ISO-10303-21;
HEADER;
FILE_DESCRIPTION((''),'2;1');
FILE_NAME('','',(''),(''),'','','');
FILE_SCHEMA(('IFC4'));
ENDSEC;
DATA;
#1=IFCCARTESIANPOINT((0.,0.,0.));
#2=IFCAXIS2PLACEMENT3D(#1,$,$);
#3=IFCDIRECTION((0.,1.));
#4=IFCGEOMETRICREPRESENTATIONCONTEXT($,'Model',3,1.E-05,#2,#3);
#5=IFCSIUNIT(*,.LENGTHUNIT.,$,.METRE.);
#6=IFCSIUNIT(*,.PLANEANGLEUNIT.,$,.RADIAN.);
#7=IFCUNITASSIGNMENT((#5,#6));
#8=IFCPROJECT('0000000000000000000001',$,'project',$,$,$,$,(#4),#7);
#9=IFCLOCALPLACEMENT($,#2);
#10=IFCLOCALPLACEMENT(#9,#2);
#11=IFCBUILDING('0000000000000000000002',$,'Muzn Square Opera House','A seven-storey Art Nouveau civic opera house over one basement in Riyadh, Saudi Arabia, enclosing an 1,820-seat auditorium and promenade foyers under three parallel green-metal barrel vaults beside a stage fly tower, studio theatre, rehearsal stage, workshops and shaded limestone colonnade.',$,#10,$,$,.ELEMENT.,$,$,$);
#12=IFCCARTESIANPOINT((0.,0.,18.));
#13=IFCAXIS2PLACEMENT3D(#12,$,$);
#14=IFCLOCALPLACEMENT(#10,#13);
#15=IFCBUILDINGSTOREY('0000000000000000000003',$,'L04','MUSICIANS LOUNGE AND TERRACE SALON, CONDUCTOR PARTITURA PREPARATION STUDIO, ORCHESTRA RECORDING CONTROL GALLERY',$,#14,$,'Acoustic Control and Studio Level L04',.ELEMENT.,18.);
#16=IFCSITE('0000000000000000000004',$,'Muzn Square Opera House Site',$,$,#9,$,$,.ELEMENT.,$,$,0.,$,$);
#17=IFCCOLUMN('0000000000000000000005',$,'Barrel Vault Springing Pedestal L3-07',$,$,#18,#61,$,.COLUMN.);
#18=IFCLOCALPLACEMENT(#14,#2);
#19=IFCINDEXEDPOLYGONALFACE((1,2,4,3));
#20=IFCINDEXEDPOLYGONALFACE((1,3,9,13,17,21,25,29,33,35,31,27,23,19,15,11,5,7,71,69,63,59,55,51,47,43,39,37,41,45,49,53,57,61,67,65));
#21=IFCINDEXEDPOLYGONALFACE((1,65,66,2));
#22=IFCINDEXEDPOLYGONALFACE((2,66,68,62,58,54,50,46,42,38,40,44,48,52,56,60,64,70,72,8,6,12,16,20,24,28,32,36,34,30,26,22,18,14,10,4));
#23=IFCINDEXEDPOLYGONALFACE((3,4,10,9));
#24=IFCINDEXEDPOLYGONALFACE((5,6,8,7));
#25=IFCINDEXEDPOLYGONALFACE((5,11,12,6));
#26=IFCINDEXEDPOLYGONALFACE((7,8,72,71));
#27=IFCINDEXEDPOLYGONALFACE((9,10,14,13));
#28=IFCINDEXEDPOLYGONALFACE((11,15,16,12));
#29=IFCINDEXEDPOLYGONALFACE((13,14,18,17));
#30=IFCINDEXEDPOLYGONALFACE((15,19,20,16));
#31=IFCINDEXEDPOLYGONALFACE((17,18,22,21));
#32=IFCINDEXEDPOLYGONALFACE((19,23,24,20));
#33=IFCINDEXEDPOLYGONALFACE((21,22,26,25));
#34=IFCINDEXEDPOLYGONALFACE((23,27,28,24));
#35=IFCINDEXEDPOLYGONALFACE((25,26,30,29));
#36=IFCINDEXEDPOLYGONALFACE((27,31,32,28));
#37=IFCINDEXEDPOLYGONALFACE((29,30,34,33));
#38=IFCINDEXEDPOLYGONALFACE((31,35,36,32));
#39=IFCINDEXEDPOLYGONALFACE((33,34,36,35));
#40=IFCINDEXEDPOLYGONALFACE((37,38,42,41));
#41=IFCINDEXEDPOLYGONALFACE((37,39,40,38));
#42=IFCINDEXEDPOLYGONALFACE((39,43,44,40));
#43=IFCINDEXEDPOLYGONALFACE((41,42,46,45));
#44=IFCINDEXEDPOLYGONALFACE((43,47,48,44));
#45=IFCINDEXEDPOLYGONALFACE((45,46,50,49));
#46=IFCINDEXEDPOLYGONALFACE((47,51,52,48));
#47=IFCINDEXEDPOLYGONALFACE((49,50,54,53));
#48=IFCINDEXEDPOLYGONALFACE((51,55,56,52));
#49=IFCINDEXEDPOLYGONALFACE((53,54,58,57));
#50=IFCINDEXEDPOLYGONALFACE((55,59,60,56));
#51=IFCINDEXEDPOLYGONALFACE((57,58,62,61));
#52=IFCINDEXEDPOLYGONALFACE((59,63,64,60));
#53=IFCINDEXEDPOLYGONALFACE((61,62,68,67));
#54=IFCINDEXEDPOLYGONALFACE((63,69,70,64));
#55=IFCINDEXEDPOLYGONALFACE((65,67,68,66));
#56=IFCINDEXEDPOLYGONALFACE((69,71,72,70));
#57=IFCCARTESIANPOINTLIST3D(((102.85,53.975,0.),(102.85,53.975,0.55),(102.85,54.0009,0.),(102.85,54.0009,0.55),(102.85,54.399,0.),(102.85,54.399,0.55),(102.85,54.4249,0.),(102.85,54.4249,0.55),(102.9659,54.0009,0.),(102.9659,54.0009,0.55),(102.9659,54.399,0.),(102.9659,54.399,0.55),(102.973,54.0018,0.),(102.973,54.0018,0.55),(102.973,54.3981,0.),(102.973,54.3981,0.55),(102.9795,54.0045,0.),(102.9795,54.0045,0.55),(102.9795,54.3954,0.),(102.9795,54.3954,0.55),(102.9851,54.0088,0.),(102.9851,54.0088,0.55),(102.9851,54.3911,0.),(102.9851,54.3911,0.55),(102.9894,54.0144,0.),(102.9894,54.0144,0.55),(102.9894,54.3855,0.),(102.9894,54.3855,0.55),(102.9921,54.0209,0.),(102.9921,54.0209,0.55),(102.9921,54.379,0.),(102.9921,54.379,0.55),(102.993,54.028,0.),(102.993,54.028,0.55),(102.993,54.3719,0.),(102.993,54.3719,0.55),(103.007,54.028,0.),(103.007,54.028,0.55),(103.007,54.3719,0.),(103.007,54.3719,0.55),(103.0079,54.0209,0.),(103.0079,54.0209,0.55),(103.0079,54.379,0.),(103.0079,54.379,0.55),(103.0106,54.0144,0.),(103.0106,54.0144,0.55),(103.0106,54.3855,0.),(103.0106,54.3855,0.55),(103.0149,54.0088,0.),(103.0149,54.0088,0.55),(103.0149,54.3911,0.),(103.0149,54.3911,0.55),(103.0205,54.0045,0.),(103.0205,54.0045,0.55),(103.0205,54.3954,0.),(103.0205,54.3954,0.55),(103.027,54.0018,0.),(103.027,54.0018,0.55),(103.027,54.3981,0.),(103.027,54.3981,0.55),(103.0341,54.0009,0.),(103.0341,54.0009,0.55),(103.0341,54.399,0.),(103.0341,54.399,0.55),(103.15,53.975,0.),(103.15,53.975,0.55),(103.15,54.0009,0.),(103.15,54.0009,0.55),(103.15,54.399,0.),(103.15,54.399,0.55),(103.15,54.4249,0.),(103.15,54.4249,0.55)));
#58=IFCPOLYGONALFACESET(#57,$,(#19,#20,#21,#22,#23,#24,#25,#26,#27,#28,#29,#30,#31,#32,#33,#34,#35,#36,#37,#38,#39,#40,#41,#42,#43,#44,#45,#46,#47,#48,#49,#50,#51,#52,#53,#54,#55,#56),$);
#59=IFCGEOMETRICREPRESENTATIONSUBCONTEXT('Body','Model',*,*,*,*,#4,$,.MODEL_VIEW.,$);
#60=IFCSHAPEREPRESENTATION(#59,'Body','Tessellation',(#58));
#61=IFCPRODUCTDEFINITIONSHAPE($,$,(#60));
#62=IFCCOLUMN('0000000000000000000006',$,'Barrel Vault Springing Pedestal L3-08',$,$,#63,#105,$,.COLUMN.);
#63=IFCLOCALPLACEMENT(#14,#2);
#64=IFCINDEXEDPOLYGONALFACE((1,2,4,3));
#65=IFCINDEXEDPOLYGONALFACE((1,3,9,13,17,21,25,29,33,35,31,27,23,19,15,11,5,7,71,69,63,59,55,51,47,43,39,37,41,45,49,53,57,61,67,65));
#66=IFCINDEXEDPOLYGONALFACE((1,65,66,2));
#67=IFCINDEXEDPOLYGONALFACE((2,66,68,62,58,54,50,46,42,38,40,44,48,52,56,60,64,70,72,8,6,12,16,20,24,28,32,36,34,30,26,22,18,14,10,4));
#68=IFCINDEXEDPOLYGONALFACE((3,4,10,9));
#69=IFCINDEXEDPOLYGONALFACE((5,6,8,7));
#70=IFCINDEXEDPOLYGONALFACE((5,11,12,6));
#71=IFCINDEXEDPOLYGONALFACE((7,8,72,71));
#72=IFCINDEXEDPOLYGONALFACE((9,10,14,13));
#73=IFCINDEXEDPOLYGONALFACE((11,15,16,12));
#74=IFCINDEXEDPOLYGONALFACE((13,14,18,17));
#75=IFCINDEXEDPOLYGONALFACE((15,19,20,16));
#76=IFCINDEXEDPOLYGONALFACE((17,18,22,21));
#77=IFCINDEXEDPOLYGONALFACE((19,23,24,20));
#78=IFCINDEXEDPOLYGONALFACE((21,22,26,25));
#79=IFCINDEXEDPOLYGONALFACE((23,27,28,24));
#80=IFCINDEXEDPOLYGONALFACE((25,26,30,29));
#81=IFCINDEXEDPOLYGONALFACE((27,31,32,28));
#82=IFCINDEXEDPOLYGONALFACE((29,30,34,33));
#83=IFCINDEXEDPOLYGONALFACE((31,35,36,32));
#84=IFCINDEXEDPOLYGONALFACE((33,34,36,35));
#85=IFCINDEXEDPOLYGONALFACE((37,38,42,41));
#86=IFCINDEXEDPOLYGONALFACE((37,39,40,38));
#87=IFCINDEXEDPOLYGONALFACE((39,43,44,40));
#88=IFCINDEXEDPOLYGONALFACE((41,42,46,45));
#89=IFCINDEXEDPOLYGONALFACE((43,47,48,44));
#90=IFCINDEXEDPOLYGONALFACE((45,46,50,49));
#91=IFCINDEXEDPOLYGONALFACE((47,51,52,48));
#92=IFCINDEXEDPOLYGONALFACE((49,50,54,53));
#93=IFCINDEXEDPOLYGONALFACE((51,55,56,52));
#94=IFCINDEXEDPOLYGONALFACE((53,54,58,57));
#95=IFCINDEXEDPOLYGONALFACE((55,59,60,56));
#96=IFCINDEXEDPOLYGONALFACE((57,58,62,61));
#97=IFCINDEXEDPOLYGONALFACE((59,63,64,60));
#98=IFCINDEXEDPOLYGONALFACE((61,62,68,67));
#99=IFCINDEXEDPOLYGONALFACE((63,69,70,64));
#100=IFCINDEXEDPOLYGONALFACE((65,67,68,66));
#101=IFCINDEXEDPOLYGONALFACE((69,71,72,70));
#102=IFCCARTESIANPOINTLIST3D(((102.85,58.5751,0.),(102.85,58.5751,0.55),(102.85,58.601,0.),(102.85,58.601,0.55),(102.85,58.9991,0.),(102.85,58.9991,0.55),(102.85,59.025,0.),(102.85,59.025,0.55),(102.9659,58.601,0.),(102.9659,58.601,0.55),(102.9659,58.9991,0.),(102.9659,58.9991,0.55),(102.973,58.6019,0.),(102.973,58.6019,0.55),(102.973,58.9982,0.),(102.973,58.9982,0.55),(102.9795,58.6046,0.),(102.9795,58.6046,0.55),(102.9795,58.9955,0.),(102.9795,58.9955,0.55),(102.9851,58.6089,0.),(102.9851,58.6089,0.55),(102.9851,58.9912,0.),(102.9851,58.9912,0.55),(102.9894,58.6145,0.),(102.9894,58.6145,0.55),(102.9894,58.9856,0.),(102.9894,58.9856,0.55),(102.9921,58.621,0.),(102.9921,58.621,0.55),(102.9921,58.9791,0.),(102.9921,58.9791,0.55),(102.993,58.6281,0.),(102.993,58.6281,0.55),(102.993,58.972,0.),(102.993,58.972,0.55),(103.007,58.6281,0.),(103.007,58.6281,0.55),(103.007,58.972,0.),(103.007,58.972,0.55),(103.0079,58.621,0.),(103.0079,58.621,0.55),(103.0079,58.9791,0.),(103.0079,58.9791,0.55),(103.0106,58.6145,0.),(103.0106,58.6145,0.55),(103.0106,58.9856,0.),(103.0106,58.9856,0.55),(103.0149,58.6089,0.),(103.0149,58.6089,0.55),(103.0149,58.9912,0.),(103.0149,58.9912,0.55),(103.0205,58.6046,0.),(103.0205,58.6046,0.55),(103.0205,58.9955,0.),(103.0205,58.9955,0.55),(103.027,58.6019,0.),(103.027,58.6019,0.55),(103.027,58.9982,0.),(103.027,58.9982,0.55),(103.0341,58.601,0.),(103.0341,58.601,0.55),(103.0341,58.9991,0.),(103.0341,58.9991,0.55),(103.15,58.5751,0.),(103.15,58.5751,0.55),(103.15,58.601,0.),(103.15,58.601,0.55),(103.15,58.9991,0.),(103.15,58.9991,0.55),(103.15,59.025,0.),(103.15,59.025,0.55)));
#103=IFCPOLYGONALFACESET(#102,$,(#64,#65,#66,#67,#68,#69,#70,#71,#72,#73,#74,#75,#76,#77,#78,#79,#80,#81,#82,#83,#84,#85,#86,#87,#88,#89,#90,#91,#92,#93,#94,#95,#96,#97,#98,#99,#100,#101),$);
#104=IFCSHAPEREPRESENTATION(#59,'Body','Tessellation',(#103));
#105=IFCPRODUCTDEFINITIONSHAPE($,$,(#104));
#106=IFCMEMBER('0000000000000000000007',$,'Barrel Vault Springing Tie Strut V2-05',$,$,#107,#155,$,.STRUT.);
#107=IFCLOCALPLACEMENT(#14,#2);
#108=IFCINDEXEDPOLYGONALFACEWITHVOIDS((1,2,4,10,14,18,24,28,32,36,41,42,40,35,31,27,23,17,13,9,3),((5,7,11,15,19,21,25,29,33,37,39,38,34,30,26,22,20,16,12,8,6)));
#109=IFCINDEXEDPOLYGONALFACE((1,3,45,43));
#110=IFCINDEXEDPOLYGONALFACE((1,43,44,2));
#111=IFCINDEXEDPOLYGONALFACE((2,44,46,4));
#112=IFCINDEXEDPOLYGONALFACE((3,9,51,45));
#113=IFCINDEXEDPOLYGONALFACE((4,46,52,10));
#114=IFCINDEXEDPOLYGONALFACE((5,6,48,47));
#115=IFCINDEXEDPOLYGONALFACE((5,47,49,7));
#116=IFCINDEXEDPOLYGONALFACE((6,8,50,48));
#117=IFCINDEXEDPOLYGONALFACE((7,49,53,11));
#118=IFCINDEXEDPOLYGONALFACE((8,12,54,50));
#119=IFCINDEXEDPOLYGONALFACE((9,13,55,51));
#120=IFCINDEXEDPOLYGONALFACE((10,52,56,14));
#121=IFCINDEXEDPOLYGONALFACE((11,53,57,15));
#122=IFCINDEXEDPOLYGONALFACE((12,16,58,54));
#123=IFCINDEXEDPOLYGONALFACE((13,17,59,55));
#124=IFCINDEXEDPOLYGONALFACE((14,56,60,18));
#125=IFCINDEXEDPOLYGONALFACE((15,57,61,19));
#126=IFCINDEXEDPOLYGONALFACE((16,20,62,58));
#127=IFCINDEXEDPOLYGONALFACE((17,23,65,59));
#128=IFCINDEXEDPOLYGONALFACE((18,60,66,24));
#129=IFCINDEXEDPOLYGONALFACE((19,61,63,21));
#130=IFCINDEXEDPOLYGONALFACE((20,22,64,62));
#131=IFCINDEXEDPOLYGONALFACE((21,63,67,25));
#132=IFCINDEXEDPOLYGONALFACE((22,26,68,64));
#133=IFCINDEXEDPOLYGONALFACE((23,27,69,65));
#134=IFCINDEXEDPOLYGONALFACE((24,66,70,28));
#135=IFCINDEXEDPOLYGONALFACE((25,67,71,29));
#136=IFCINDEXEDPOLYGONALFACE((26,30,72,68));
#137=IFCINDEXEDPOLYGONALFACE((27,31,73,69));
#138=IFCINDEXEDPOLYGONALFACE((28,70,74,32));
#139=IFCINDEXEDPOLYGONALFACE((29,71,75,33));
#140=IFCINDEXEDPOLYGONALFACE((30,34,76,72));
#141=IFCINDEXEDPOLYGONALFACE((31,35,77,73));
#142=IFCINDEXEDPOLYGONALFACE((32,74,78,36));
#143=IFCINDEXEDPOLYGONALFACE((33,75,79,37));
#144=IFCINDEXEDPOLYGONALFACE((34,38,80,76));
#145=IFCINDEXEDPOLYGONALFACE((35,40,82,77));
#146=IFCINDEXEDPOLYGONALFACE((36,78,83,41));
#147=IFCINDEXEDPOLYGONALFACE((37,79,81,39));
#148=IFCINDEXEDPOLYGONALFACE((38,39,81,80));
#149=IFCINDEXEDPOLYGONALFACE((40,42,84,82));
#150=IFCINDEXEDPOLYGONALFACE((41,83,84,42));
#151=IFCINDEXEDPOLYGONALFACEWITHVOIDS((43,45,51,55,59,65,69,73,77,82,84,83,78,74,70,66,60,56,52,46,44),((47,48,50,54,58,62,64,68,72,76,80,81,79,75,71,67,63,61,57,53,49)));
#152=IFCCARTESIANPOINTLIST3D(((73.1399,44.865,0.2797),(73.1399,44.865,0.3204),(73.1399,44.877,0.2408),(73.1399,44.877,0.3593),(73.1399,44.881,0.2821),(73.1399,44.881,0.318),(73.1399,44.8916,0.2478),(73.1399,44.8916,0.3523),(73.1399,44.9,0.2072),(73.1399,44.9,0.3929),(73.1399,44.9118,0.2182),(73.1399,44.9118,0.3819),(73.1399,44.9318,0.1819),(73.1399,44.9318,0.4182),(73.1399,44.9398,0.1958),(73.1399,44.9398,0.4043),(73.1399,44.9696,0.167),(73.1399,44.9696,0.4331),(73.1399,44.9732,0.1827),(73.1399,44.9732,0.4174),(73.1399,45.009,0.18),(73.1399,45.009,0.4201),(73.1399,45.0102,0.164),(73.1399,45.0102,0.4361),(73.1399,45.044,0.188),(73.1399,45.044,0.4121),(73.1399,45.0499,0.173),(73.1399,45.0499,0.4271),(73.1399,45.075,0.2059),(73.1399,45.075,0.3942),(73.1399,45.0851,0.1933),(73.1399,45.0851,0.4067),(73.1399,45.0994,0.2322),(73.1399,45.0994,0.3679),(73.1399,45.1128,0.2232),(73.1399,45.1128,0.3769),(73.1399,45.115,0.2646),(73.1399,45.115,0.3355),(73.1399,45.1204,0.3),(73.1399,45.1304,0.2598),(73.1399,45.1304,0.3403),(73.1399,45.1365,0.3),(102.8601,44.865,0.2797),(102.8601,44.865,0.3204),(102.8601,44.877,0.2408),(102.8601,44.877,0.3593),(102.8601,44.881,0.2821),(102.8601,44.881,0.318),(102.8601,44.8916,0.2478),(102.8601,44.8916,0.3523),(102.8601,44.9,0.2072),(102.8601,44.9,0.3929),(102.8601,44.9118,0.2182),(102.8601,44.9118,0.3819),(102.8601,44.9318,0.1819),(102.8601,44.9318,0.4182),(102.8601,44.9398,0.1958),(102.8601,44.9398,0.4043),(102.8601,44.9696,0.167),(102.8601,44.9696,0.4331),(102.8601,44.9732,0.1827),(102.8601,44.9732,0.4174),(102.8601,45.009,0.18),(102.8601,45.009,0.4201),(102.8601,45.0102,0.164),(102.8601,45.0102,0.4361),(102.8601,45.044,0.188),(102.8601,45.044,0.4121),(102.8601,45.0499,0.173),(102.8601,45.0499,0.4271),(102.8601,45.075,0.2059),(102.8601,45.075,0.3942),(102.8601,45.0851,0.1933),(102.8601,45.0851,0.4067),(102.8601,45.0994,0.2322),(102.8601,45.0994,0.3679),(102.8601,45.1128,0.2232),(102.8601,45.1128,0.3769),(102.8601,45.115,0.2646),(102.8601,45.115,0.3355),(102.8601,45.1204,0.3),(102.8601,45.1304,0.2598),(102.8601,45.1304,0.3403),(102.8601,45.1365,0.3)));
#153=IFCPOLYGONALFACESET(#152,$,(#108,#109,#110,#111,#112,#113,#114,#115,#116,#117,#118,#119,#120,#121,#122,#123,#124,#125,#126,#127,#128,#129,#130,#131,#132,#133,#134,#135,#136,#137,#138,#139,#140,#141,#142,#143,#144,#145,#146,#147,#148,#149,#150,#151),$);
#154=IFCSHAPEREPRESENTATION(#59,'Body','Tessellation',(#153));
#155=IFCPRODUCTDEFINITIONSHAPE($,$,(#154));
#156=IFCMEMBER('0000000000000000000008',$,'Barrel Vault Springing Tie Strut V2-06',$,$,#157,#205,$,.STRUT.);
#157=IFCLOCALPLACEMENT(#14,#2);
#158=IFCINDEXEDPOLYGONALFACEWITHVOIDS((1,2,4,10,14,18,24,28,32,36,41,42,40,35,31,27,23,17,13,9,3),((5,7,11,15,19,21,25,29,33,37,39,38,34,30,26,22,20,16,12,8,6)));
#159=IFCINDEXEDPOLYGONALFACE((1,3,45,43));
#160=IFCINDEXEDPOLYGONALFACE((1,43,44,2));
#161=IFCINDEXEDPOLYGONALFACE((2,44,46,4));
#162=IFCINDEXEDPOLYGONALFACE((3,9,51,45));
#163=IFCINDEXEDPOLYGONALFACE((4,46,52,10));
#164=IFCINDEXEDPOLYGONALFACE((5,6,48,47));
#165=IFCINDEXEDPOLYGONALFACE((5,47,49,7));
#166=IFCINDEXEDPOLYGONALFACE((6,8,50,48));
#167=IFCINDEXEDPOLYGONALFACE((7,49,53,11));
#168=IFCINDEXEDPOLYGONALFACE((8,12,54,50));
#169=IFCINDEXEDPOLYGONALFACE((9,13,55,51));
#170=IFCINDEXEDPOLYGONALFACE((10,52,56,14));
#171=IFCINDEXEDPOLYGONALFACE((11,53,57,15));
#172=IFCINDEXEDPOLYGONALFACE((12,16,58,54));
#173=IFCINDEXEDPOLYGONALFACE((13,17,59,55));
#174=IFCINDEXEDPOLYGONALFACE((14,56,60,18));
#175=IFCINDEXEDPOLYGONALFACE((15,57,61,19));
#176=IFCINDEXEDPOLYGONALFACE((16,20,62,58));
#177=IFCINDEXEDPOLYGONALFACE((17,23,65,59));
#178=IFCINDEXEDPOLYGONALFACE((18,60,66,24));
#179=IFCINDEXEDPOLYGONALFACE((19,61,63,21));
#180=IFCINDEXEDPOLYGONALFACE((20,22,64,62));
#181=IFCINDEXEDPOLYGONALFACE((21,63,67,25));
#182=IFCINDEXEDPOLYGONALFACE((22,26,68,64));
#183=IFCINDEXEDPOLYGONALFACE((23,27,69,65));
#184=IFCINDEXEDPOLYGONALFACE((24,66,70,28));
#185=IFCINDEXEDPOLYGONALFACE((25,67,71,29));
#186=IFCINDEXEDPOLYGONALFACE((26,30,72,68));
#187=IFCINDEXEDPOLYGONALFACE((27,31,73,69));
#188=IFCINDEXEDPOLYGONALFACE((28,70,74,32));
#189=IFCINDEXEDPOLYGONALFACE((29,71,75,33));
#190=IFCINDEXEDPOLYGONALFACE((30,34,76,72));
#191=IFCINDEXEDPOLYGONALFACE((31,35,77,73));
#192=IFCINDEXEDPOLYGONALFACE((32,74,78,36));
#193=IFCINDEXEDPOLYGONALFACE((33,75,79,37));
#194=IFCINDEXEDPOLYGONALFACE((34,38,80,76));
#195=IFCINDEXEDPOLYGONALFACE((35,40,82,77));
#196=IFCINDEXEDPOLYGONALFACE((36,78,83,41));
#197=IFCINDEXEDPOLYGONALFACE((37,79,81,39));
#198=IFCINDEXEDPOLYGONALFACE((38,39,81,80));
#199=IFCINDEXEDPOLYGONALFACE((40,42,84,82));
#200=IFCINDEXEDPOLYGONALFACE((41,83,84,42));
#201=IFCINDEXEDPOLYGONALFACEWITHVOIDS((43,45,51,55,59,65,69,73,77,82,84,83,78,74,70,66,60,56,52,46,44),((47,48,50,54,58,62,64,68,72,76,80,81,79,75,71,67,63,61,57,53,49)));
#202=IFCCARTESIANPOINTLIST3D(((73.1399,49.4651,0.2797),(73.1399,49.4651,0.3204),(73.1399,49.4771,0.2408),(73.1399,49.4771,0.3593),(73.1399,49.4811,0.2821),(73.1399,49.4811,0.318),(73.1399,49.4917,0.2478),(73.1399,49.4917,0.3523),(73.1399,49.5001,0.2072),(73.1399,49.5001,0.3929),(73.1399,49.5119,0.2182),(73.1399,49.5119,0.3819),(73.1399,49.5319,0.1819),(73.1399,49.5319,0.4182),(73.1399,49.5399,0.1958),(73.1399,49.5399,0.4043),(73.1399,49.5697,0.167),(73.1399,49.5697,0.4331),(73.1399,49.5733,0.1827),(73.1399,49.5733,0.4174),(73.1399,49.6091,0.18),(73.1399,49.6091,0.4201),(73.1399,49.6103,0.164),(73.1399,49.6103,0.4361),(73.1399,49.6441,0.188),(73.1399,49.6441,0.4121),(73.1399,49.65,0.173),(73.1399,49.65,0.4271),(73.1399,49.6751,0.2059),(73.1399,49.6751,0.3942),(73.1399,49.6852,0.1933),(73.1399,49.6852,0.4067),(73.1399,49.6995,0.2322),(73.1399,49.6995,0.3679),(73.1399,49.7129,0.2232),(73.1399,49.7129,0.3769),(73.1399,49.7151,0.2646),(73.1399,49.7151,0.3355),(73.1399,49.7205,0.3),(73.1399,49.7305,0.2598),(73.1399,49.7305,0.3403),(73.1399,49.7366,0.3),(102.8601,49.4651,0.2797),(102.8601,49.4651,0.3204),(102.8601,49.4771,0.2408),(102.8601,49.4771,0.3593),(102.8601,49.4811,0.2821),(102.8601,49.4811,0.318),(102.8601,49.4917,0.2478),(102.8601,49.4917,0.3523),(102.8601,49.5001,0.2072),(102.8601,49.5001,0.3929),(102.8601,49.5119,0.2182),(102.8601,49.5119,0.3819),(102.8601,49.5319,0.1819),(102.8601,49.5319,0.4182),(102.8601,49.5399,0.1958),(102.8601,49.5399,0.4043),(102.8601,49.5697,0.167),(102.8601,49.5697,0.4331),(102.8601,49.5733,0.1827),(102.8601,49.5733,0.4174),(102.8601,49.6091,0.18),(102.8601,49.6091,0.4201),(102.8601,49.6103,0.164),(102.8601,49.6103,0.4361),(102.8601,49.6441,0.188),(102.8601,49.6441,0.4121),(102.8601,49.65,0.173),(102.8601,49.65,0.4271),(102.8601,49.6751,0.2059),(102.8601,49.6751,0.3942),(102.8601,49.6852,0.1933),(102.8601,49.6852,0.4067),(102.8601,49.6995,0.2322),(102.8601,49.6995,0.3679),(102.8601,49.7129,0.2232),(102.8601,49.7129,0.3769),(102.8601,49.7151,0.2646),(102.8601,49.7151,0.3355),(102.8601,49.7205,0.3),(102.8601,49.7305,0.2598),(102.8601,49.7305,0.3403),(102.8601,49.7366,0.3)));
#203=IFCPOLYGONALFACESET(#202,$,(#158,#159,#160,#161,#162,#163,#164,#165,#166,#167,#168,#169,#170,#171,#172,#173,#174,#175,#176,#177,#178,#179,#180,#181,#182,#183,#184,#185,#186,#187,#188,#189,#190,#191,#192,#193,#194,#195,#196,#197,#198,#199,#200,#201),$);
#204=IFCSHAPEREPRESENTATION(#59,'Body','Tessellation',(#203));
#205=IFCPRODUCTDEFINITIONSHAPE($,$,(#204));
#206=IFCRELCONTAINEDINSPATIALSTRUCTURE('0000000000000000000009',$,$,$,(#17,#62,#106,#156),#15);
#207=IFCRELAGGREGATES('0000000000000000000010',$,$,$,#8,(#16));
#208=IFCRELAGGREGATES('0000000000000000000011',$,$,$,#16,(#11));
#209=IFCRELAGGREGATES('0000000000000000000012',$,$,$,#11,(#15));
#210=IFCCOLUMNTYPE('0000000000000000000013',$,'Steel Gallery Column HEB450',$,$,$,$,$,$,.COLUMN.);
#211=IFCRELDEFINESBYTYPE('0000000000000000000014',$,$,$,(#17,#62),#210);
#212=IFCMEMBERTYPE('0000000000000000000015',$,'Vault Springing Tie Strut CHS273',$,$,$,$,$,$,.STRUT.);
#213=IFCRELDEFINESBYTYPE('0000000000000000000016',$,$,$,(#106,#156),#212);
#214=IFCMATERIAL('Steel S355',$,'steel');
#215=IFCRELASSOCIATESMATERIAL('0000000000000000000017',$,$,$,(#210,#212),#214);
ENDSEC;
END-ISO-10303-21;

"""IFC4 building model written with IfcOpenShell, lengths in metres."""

from ifc_helpers import new_model, si_unit, direction, frame, origin, origin_2d, place, context, subcontext, project, spatial, hollow_circle, i_section, extrude, material, material_profile, profile_set, type_object, element, save


model = new_model("IFC4")

# Units and contexts
model_context = context("Model", 3, precision=1e-05, world=origin(), true_north=direction((0.0, 1.0)))
body_context = subcontext(model_context, "Body", "Model", "MODEL_VIEW")
ifc_project = project(units=[si_unit("LENGTHUNIT", "METRE"), si_unit("PLANEANGLEUNIT", "RADIAN")], contexts=[model_context])

# Site, building, storey
site_placement = place(None, origin())
site = spatial("IfcSite", under=ifc_project, at=site_placement, Name="Muzn Square Opera House Site", CompositionType="ELEMENT", RefElevation=0.0)
building_placement = place(site_placement, origin())
building = spatial("IfcBuilding", under=site, at=building_placement, Name="Muzn Square Opera House", Description="A seven-storey Art Nouveau civic opera house over one basement in Riyadh, Saudi Arabia, enclosing an 1,820-seat auditorium and promenade foyers under three parallel green-metal barrel vaults beside a stage fly tower, studio theatre, rehearsal stage, workshops and shaded limestone colonnade.", CompositionType="ELEMENT")
storey_placement = place(building_placement, frame((0.0, 0.0, 18.0)))
storey = spatial("IfcBuildingStorey", under=building, at=storey_placement, Name="L04", Description="MUSICIANS LOUNGE AND TERRACE SALON, CONDUCTOR PARTITURA PREPARATION STUDIO, ORCHESTRA RECORDING CONTROL GALLERY", LongName="Acoustic Control and Studio Level L04", CompositionType="ELEMENT", Elevation=18.0)

# Columns
ifc_material = material(Name="Steel S355", Category="steel")
ifc_material_profile_1 = material_profile(ifc_material, i_section(OverallWidth=0.3, OverallDepth=0.45, WebThickness=0.0139, FlangeThickness=0.0259, FilletRadius=0.0271, at=origin_2d()), Name="HEB 450", Category="steel")
ifc_profile_set_1 = profile_set([ifc_material_profile_1], Name="Steel S355")
column_type = type_object("IfcColumnType", Name="Steel Gallery Column HEB450", PredefinedType="COLUMN", material=ifc_profile_set_1)
for number, where, z_axis, x_axis, name in (
    (1, (103.0, 54.2, 0.0), (0.0, 0.0, 1.0), (1.0, 0.0, 0.0), "Barrel Vault Springing Pedestal L3-07"),
    (2, (103.0, 58.8, 0.0), (0.0, 0.0, 1.0), (1.0, 0.0, 0.0), "Barrel Vault Springing Pedestal L3-08"),
):
    element("IfcColumn", number, at=place(storey_placement, frame(where, z_axis=z_axis, x_axis=x_axis)), inside=storey, type_object=column_type, Name=name, PredefinedType="COLUMN", context=body_context, shape_type="SweptSolid", body=[
        extrude(i_section(OverallWidth=0.3, OverallDepth=0.45, WebThickness=0.0139, FlangeThickness=0.0259, FilletRadius=0.0271, at=origin_2d()), origin(), (0.0, 0.0, 1.0), 0.55),
    ])

# Members
ifc_material_profile_2 = material_profile(ifc_material, hollow_circle(Radius=0.1365, WallThickness=0.0161, at=origin_2d()), Name="CHS 273x16", Category="steel")
ifc_profile_set_2 = profile_set([ifc_material_profile_2], Name="Steel S355")
member_type = type_object("IfcMemberType", Name="Vault Springing Tie Strut CHS273", PredefinedType="STRUT", material=ifc_profile_set_2)
for number, where, z_axis, x_axis, name in (
    (3, (73.1399, 45.0, 0.3), (1.0, 0.0, 0.0), (0.0, 1.0, 0.0), "Barrel Vault Springing Tie Strut V2-05"),
    (4, (73.1399, 49.6001, 0.3), (1.0, 0.0, 0.0), (0.0, 1.0, 0.0), "Barrel Vault Springing Tie Strut V2-06"),
):
    element("IfcMember", number, at=place(storey_placement, frame(where, z_axis=z_axis, x_axis=x_axis)), inside=storey, type_object=member_type, Name=name, PredefinedType="STRUT", context=body_context, shape_type="SweptSolid", body=[
        extrude(hollow_circle(Radius=0.1365, WallThickness=0.0161, at=origin_2d()), origin(), (0.0, 0.0, 1.0), 29.7202),
    ])

save(model, "model.ifc")
